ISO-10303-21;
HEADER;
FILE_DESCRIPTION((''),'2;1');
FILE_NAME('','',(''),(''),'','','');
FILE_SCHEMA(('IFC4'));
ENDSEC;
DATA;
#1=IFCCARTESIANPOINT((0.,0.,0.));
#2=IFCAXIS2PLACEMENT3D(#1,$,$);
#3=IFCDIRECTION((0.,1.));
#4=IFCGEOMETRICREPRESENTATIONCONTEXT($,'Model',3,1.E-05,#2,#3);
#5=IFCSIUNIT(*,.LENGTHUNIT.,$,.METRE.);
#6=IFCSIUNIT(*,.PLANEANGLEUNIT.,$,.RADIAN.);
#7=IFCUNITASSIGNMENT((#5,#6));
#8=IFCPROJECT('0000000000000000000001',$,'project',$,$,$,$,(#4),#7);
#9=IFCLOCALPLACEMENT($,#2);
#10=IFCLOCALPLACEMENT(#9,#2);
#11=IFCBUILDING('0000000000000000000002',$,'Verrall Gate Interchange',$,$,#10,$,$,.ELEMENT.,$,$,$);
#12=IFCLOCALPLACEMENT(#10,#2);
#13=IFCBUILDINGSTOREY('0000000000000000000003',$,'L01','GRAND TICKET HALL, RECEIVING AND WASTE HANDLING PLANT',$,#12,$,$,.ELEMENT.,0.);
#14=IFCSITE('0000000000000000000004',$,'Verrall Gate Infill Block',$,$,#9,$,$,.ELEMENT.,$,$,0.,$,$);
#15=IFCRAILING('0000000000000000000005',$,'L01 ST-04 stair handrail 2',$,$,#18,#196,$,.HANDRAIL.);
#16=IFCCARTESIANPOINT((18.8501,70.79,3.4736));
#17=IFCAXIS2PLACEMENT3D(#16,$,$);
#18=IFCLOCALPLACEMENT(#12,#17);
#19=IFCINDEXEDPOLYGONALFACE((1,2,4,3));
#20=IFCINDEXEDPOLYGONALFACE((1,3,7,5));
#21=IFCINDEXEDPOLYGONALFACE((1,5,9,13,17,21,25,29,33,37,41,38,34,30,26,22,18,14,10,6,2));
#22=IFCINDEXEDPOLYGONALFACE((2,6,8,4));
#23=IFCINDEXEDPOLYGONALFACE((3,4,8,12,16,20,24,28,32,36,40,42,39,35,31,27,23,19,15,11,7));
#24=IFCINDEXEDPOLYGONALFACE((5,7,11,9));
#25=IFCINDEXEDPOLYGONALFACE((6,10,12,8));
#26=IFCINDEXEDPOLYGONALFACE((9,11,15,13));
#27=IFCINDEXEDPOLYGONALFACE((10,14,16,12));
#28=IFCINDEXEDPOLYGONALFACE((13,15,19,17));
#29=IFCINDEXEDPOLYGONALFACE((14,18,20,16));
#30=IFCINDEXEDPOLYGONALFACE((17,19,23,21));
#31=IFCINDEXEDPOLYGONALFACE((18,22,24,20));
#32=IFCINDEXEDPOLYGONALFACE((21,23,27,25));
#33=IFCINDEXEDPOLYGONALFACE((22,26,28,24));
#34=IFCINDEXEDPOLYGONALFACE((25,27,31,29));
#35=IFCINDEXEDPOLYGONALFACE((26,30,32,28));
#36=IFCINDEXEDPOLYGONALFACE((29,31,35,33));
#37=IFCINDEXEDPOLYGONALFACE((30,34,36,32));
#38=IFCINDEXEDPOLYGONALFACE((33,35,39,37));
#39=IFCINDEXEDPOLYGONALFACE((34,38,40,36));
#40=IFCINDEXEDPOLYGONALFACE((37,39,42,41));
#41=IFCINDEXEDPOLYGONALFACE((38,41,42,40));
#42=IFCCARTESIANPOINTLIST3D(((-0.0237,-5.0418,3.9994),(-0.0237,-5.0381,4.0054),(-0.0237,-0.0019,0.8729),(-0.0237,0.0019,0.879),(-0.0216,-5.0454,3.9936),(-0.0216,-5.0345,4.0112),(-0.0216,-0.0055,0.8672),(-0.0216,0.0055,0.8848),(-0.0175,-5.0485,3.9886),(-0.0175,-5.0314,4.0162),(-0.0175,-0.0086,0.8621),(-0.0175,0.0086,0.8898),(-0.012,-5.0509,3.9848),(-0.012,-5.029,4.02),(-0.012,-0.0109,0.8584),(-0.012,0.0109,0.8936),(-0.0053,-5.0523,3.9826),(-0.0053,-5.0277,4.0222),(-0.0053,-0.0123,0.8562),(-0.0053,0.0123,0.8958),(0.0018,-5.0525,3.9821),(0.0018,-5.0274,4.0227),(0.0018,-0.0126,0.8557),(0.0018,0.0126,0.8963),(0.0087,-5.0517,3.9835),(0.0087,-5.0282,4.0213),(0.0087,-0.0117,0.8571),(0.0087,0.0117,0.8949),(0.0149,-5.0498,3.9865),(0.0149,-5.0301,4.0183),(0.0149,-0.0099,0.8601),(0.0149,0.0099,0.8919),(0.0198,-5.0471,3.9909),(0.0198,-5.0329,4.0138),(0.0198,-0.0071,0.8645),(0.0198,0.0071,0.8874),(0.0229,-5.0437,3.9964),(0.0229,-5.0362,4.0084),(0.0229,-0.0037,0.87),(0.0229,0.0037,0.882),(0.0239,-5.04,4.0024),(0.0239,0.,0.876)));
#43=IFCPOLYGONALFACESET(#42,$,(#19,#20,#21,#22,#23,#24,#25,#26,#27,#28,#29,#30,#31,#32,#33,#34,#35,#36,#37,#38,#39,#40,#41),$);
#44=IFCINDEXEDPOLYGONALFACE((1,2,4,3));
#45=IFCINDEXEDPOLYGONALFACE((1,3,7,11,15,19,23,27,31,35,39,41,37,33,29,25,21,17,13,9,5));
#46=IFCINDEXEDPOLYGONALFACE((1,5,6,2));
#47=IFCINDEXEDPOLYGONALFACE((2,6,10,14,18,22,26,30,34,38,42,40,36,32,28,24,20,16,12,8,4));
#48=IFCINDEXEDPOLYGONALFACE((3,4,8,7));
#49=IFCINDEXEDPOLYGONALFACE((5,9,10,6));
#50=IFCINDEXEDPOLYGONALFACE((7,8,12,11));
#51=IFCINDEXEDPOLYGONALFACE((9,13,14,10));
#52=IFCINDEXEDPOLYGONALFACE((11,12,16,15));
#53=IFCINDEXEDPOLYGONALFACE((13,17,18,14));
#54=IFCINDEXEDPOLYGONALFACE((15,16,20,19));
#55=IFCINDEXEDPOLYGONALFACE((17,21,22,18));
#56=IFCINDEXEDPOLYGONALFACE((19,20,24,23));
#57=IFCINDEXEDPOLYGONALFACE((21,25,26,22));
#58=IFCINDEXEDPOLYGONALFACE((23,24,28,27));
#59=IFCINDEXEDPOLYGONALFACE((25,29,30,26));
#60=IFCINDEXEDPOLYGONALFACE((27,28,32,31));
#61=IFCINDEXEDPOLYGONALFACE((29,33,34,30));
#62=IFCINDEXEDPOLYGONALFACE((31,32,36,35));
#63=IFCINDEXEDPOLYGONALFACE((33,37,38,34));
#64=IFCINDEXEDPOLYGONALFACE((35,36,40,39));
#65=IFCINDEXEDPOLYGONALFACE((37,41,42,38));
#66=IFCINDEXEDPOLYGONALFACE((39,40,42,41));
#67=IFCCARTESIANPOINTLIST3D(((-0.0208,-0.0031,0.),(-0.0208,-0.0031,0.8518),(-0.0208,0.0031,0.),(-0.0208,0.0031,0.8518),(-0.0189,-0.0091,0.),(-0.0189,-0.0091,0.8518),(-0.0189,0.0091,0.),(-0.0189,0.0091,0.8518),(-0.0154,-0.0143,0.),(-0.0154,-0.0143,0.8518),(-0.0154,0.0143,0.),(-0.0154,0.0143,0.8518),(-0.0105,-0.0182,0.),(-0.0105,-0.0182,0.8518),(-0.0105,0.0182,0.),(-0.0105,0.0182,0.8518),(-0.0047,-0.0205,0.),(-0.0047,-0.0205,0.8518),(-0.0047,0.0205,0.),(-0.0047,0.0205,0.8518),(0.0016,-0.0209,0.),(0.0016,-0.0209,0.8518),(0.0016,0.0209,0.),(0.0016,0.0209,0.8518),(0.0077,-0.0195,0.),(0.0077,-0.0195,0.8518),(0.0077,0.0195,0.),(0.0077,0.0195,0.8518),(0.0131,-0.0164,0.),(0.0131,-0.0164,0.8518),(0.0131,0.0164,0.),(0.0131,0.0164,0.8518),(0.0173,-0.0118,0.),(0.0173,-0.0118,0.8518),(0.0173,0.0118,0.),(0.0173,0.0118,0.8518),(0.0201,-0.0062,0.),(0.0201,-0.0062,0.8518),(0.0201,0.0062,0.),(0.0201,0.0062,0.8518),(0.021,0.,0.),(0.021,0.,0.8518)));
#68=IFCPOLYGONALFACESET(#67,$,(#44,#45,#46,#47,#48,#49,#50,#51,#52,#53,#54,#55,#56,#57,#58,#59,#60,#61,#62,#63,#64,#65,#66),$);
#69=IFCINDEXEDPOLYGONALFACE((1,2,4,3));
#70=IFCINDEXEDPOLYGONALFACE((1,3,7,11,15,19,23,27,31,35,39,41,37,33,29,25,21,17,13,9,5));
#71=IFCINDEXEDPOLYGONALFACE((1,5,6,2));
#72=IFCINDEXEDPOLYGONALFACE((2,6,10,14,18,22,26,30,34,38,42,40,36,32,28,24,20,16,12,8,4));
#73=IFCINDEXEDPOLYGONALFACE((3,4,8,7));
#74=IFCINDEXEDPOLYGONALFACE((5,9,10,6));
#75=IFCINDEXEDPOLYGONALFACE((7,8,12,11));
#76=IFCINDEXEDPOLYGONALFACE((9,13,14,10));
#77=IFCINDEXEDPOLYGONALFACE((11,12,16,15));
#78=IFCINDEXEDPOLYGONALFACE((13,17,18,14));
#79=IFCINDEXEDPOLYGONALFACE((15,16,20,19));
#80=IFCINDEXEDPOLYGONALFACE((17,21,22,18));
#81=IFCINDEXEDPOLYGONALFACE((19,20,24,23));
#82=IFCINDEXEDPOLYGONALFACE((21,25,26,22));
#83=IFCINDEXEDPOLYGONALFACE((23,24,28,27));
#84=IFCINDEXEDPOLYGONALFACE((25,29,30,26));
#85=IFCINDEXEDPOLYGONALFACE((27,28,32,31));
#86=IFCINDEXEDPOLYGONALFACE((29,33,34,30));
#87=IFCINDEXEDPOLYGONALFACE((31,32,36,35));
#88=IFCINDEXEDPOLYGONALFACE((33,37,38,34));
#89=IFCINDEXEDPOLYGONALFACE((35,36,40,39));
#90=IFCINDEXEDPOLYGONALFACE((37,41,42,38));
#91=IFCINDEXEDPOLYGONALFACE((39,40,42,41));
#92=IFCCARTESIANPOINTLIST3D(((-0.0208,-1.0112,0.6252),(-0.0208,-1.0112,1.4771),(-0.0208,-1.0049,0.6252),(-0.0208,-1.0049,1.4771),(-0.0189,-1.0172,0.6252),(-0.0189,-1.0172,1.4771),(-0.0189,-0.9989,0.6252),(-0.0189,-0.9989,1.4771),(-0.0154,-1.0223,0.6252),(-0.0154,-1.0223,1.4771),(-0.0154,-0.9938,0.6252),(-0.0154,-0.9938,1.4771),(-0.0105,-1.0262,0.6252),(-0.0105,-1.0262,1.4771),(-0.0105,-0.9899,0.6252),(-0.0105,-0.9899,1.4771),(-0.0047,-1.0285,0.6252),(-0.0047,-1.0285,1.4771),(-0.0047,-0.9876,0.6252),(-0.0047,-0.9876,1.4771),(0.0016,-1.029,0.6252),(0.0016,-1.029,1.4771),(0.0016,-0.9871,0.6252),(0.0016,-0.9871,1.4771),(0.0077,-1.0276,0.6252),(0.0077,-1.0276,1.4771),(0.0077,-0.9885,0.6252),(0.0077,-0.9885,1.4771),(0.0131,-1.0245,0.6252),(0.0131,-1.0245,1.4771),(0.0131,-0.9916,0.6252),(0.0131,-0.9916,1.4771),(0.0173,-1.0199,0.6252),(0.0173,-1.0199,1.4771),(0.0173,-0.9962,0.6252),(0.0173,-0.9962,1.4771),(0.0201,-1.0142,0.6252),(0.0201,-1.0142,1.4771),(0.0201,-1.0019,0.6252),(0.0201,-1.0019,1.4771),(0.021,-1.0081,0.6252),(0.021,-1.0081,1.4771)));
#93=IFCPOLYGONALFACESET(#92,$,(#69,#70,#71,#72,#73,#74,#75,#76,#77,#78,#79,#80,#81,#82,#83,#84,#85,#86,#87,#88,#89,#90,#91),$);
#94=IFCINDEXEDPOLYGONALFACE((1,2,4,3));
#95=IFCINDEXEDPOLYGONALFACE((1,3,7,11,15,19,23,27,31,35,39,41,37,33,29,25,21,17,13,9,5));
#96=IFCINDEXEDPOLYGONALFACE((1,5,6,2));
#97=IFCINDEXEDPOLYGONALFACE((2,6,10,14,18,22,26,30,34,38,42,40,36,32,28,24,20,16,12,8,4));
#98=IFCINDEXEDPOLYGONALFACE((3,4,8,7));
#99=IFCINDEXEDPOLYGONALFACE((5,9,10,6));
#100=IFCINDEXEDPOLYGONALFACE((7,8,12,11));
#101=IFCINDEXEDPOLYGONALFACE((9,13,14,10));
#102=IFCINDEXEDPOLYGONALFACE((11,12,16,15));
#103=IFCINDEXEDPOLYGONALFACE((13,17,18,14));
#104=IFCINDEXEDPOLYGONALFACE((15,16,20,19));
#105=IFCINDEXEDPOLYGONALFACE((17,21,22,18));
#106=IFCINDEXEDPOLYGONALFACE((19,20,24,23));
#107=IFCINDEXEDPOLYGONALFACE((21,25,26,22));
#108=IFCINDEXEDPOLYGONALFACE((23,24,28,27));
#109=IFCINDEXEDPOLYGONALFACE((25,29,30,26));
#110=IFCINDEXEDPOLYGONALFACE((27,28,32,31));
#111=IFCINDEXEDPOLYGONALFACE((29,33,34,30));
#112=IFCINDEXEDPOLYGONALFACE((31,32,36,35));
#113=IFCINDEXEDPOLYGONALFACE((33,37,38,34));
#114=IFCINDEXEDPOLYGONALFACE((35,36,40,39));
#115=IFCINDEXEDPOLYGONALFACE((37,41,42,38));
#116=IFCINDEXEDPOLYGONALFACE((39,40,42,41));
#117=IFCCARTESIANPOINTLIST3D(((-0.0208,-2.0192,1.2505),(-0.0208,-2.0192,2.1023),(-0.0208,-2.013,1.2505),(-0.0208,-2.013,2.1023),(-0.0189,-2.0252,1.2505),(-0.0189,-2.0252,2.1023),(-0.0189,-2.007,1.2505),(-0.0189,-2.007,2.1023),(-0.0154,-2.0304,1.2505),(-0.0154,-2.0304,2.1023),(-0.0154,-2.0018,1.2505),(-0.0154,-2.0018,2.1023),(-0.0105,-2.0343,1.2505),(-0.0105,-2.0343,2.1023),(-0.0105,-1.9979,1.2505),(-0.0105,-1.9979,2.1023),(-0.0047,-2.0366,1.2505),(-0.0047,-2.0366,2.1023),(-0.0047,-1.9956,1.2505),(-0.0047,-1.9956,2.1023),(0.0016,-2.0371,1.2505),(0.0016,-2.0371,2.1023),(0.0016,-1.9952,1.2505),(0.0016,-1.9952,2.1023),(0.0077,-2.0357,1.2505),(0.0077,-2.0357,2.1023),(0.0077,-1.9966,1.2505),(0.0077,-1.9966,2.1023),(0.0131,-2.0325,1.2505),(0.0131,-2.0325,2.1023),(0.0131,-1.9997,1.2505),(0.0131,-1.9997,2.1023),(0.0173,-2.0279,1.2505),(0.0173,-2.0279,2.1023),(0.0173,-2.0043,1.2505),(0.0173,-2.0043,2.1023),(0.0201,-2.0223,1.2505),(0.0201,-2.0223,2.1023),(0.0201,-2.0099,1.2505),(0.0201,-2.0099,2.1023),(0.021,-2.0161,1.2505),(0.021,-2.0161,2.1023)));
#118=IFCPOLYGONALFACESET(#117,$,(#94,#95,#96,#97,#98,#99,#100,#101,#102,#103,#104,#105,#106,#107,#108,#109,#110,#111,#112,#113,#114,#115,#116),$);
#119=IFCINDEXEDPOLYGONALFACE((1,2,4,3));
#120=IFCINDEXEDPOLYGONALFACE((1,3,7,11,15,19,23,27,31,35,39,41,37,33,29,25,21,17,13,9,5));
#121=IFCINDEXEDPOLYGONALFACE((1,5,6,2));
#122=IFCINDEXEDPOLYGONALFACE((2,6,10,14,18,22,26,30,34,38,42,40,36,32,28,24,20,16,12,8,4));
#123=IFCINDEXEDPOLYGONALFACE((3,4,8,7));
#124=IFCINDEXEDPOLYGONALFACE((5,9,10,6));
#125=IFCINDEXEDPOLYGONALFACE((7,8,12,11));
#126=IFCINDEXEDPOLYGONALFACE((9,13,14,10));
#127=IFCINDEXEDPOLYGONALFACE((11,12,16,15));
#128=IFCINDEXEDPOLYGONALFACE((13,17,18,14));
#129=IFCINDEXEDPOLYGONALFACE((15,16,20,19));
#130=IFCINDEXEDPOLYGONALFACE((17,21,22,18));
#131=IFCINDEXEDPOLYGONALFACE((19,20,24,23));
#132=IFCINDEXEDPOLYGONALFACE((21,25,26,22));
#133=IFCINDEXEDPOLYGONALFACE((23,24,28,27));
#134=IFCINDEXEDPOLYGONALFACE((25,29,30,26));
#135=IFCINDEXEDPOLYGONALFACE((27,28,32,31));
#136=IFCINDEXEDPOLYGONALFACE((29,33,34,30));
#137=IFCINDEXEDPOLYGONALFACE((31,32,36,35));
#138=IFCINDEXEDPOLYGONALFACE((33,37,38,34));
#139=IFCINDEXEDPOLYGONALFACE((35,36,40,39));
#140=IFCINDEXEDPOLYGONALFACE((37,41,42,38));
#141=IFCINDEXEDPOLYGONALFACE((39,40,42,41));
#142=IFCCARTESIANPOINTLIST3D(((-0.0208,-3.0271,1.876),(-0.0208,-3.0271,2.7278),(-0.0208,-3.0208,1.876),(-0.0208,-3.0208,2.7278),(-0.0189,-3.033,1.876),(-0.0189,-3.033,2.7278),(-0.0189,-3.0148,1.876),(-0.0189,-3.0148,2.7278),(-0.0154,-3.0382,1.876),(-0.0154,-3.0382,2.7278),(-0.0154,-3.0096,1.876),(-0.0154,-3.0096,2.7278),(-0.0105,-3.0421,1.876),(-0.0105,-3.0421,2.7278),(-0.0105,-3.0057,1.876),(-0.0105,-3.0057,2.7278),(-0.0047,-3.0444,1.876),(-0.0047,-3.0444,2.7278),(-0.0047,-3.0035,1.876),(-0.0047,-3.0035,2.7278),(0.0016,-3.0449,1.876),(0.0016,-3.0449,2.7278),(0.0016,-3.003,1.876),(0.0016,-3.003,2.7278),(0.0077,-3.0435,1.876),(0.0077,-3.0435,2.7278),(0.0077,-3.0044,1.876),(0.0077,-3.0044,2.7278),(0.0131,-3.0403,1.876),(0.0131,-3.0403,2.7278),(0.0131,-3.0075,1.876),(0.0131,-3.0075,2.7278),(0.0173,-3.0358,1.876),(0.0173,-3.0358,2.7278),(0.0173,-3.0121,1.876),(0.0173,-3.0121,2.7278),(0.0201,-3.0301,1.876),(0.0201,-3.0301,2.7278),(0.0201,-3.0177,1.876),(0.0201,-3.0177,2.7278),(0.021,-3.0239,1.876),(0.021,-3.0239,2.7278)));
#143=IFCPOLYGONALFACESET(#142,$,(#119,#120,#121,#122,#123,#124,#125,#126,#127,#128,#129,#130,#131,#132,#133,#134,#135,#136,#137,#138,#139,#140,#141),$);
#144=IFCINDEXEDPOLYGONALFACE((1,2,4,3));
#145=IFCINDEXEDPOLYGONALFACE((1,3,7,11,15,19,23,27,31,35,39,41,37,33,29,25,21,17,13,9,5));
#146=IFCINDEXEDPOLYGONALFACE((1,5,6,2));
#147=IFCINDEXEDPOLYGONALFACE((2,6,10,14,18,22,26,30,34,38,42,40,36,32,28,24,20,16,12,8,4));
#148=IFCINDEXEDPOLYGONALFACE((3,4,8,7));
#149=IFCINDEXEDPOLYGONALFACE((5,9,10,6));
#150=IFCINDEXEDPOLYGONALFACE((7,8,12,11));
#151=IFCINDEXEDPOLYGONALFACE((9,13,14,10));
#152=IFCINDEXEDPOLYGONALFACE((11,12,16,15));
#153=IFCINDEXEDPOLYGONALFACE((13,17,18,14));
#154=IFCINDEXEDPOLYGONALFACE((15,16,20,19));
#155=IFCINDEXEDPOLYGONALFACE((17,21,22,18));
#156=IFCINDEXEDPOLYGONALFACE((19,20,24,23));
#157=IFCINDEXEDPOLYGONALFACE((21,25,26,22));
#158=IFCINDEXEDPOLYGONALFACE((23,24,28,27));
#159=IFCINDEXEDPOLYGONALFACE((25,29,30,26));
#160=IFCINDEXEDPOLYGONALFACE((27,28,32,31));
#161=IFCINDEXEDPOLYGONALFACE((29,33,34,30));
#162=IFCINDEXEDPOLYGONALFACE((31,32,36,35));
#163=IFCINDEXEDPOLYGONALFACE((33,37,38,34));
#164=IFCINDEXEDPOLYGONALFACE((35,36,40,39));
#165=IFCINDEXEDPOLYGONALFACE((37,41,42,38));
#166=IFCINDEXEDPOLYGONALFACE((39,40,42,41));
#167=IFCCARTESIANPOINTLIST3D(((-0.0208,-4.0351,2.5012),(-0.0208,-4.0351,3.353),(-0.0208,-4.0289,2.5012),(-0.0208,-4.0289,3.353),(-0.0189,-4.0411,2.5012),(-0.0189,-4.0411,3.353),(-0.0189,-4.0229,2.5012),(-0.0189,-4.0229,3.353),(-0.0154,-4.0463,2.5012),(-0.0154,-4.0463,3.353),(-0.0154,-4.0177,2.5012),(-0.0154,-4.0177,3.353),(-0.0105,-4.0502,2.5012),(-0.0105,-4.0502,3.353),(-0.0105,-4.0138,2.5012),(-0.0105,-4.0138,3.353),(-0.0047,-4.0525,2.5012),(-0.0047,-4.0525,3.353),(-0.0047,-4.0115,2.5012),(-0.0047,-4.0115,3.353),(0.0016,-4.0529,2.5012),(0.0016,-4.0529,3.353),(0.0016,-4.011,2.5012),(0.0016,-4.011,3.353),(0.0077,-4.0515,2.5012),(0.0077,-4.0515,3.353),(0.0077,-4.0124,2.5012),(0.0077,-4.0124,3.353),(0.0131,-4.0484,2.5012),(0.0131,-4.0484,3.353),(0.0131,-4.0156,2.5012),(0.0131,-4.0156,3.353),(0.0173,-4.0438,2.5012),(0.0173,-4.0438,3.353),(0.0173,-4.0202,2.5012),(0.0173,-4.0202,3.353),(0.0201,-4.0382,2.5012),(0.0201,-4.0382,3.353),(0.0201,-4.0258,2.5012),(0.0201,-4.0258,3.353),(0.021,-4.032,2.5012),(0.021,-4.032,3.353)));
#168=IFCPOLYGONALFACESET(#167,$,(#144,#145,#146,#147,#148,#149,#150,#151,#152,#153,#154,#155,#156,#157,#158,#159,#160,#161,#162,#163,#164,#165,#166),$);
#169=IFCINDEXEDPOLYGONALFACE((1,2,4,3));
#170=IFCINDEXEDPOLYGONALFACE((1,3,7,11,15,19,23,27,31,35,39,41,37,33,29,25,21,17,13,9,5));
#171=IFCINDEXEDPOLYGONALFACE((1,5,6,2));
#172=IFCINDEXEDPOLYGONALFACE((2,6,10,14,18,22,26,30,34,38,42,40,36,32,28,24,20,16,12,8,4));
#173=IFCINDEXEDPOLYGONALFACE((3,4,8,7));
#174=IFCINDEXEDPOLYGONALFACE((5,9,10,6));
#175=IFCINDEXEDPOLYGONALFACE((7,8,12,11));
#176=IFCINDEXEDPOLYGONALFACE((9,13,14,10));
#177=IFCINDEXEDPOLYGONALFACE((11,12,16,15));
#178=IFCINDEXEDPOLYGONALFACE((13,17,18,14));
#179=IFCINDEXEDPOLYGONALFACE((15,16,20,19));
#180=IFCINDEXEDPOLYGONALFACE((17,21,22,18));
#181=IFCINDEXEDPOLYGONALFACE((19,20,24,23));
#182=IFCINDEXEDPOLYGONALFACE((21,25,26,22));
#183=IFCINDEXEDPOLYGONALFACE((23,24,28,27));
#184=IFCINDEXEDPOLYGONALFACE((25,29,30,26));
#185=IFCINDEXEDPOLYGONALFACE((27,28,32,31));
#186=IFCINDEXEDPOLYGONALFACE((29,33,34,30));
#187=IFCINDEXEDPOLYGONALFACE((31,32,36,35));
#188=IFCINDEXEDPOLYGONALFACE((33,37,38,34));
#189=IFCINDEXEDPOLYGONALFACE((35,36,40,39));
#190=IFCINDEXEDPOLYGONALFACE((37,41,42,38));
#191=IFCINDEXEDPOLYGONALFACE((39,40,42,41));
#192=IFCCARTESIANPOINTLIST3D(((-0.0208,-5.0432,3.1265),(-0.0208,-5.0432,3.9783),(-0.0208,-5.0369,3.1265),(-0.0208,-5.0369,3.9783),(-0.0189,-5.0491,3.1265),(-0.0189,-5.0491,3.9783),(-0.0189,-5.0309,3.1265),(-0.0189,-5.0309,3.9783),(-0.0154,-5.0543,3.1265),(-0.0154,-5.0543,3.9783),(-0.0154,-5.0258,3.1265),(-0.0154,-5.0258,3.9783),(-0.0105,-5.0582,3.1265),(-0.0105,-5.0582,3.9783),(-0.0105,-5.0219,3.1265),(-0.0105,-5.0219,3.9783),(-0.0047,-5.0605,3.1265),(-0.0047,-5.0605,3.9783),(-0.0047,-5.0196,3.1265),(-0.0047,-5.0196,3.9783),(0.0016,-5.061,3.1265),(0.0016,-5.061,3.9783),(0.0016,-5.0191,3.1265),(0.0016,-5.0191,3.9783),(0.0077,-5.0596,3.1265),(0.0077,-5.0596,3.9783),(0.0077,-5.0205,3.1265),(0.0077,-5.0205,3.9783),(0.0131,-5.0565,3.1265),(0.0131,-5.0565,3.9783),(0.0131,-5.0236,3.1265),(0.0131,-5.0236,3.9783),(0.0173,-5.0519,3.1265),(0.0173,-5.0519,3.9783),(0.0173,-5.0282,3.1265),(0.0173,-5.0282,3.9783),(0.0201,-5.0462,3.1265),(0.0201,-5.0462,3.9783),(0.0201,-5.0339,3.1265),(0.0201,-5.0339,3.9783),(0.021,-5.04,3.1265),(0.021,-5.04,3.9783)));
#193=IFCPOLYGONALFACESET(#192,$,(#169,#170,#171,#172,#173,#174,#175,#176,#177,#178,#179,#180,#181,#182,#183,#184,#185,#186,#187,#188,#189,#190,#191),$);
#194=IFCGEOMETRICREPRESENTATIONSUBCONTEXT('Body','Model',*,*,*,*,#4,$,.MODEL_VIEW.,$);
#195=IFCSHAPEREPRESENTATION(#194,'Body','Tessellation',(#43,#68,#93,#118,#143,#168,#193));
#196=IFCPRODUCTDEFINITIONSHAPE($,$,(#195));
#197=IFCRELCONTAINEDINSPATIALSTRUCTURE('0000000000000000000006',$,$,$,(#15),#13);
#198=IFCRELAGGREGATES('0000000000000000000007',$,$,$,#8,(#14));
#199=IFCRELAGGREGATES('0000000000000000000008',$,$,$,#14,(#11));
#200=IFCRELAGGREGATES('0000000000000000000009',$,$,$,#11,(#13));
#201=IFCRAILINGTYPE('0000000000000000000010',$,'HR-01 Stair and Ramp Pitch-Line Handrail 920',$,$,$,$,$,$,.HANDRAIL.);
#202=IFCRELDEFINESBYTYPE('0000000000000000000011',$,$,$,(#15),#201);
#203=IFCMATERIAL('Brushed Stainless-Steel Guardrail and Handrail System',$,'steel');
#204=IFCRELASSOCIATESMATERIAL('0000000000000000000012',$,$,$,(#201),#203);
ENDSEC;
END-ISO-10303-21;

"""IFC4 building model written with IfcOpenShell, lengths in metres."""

from ifc_helpers import new_model, si_unit, direction, frame, origin, origin_2d, place, context, subcontext, project, spatial, circle, extrude, material, type_object, element, save


model = new_model("IFC4")

# Units and contexts
model_context = context("Model", 3, precision=1e-05, world=origin(), true_north=direction((0.0, 1.0)))
body_context = subcontext(model_context, "Body", "Model", "MODEL_VIEW")
ifc_project = project(units=[si_unit("LENGTHUNIT", "METRE"), si_unit("PLANEANGLEUNIT", "RADIAN")], contexts=[model_context])

# Site, building, storey
site_placement = place(None, origin())
site = spatial("IfcSite", under=ifc_project, at=site_placement, Name="Verrall Gate Infill Block", CompositionType="ELEMENT", RefElevation=0.0)
building_placement = place(site_placement, origin())
building = spatial("IfcBuilding", under=site, at=building_placement, Name="Verrall Gate Interchange", CompositionType="ELEMENT")
storey_placement = place(building_placement, origin())
storey = spatial("IfcBuildingStorey", under=building, at=storey_placement, Name="L01", Description="GRAND TICKET HALL, RECEIVING AND WASTE HANDLING PLANT", CompositionType="ELEMENT", Elevation=0.0)

# Railing
ifc_material_1 = material(Name="Brushed Stainless-Steel Guardrail and Handrail System", Category="steel")
railing_type_1 = type_object("IfcRailingType", Name="HR-01 Stair and Ramp Pitch-Line Handrail 920", PredefinedType="HANDRAIL", material=ifc_material_1)
railing_1_placement = place(storey_placement, frame((18.8501, 70.79, 3.4736)))
element("IfcRailing", 1, at=railing_1_placement, inside=storey, type_object=railing_type_1, Name="L01 ST-04 stair handrail 2", PredefinedType="HANDRAIL", context=body_context, shape_type="SweptSolid", body=[
    extrude(circle(Radius=0.0239, at=origin_2d()), frame((0.0, 0.0, 0.876), z_axis=(0.0, -0.849779, 0.527139), x_axis=(1.0, 0.0, 0.0)), (0.0, 0.0, 1.0), 5.9309),
    extrude(circle(Radius=0.021, at=origin_2d()), origin(), (0.0, 0.0, 1.0), 0.8518),
    extrude(circle(Radius=0.021, at=origin_2d()), frame((0.0, -1.0081, 0.6252)), (0.0, 0.0, 1.0), 0.8518),
    extrude(circle(Radius=0.021, at=origin_2d()), frame((0.0, -2.0161, 1.2505)), (0.0, 0.0, 1.0), 0.8518),
    extrude(circle(Radius=0.021, at=origin_2d()), frame((0.0, -3.0239, 1.876)), (0.0, 0.0, 1.0), 0.8518),
    extrude(circle(Radius=0.021, at=origin_2d()), frame((0.0, -4.032, 2.5012)), (0.0, 0.0, 1.0), 0.8518),
    extrude(circle(Radius=0.021, at=origin_2d()), frame((0.0, -5.04, 3.1265)), (0.0, 0.0, 1.0), 0.8518),
])

save(model, "model.ifc")
